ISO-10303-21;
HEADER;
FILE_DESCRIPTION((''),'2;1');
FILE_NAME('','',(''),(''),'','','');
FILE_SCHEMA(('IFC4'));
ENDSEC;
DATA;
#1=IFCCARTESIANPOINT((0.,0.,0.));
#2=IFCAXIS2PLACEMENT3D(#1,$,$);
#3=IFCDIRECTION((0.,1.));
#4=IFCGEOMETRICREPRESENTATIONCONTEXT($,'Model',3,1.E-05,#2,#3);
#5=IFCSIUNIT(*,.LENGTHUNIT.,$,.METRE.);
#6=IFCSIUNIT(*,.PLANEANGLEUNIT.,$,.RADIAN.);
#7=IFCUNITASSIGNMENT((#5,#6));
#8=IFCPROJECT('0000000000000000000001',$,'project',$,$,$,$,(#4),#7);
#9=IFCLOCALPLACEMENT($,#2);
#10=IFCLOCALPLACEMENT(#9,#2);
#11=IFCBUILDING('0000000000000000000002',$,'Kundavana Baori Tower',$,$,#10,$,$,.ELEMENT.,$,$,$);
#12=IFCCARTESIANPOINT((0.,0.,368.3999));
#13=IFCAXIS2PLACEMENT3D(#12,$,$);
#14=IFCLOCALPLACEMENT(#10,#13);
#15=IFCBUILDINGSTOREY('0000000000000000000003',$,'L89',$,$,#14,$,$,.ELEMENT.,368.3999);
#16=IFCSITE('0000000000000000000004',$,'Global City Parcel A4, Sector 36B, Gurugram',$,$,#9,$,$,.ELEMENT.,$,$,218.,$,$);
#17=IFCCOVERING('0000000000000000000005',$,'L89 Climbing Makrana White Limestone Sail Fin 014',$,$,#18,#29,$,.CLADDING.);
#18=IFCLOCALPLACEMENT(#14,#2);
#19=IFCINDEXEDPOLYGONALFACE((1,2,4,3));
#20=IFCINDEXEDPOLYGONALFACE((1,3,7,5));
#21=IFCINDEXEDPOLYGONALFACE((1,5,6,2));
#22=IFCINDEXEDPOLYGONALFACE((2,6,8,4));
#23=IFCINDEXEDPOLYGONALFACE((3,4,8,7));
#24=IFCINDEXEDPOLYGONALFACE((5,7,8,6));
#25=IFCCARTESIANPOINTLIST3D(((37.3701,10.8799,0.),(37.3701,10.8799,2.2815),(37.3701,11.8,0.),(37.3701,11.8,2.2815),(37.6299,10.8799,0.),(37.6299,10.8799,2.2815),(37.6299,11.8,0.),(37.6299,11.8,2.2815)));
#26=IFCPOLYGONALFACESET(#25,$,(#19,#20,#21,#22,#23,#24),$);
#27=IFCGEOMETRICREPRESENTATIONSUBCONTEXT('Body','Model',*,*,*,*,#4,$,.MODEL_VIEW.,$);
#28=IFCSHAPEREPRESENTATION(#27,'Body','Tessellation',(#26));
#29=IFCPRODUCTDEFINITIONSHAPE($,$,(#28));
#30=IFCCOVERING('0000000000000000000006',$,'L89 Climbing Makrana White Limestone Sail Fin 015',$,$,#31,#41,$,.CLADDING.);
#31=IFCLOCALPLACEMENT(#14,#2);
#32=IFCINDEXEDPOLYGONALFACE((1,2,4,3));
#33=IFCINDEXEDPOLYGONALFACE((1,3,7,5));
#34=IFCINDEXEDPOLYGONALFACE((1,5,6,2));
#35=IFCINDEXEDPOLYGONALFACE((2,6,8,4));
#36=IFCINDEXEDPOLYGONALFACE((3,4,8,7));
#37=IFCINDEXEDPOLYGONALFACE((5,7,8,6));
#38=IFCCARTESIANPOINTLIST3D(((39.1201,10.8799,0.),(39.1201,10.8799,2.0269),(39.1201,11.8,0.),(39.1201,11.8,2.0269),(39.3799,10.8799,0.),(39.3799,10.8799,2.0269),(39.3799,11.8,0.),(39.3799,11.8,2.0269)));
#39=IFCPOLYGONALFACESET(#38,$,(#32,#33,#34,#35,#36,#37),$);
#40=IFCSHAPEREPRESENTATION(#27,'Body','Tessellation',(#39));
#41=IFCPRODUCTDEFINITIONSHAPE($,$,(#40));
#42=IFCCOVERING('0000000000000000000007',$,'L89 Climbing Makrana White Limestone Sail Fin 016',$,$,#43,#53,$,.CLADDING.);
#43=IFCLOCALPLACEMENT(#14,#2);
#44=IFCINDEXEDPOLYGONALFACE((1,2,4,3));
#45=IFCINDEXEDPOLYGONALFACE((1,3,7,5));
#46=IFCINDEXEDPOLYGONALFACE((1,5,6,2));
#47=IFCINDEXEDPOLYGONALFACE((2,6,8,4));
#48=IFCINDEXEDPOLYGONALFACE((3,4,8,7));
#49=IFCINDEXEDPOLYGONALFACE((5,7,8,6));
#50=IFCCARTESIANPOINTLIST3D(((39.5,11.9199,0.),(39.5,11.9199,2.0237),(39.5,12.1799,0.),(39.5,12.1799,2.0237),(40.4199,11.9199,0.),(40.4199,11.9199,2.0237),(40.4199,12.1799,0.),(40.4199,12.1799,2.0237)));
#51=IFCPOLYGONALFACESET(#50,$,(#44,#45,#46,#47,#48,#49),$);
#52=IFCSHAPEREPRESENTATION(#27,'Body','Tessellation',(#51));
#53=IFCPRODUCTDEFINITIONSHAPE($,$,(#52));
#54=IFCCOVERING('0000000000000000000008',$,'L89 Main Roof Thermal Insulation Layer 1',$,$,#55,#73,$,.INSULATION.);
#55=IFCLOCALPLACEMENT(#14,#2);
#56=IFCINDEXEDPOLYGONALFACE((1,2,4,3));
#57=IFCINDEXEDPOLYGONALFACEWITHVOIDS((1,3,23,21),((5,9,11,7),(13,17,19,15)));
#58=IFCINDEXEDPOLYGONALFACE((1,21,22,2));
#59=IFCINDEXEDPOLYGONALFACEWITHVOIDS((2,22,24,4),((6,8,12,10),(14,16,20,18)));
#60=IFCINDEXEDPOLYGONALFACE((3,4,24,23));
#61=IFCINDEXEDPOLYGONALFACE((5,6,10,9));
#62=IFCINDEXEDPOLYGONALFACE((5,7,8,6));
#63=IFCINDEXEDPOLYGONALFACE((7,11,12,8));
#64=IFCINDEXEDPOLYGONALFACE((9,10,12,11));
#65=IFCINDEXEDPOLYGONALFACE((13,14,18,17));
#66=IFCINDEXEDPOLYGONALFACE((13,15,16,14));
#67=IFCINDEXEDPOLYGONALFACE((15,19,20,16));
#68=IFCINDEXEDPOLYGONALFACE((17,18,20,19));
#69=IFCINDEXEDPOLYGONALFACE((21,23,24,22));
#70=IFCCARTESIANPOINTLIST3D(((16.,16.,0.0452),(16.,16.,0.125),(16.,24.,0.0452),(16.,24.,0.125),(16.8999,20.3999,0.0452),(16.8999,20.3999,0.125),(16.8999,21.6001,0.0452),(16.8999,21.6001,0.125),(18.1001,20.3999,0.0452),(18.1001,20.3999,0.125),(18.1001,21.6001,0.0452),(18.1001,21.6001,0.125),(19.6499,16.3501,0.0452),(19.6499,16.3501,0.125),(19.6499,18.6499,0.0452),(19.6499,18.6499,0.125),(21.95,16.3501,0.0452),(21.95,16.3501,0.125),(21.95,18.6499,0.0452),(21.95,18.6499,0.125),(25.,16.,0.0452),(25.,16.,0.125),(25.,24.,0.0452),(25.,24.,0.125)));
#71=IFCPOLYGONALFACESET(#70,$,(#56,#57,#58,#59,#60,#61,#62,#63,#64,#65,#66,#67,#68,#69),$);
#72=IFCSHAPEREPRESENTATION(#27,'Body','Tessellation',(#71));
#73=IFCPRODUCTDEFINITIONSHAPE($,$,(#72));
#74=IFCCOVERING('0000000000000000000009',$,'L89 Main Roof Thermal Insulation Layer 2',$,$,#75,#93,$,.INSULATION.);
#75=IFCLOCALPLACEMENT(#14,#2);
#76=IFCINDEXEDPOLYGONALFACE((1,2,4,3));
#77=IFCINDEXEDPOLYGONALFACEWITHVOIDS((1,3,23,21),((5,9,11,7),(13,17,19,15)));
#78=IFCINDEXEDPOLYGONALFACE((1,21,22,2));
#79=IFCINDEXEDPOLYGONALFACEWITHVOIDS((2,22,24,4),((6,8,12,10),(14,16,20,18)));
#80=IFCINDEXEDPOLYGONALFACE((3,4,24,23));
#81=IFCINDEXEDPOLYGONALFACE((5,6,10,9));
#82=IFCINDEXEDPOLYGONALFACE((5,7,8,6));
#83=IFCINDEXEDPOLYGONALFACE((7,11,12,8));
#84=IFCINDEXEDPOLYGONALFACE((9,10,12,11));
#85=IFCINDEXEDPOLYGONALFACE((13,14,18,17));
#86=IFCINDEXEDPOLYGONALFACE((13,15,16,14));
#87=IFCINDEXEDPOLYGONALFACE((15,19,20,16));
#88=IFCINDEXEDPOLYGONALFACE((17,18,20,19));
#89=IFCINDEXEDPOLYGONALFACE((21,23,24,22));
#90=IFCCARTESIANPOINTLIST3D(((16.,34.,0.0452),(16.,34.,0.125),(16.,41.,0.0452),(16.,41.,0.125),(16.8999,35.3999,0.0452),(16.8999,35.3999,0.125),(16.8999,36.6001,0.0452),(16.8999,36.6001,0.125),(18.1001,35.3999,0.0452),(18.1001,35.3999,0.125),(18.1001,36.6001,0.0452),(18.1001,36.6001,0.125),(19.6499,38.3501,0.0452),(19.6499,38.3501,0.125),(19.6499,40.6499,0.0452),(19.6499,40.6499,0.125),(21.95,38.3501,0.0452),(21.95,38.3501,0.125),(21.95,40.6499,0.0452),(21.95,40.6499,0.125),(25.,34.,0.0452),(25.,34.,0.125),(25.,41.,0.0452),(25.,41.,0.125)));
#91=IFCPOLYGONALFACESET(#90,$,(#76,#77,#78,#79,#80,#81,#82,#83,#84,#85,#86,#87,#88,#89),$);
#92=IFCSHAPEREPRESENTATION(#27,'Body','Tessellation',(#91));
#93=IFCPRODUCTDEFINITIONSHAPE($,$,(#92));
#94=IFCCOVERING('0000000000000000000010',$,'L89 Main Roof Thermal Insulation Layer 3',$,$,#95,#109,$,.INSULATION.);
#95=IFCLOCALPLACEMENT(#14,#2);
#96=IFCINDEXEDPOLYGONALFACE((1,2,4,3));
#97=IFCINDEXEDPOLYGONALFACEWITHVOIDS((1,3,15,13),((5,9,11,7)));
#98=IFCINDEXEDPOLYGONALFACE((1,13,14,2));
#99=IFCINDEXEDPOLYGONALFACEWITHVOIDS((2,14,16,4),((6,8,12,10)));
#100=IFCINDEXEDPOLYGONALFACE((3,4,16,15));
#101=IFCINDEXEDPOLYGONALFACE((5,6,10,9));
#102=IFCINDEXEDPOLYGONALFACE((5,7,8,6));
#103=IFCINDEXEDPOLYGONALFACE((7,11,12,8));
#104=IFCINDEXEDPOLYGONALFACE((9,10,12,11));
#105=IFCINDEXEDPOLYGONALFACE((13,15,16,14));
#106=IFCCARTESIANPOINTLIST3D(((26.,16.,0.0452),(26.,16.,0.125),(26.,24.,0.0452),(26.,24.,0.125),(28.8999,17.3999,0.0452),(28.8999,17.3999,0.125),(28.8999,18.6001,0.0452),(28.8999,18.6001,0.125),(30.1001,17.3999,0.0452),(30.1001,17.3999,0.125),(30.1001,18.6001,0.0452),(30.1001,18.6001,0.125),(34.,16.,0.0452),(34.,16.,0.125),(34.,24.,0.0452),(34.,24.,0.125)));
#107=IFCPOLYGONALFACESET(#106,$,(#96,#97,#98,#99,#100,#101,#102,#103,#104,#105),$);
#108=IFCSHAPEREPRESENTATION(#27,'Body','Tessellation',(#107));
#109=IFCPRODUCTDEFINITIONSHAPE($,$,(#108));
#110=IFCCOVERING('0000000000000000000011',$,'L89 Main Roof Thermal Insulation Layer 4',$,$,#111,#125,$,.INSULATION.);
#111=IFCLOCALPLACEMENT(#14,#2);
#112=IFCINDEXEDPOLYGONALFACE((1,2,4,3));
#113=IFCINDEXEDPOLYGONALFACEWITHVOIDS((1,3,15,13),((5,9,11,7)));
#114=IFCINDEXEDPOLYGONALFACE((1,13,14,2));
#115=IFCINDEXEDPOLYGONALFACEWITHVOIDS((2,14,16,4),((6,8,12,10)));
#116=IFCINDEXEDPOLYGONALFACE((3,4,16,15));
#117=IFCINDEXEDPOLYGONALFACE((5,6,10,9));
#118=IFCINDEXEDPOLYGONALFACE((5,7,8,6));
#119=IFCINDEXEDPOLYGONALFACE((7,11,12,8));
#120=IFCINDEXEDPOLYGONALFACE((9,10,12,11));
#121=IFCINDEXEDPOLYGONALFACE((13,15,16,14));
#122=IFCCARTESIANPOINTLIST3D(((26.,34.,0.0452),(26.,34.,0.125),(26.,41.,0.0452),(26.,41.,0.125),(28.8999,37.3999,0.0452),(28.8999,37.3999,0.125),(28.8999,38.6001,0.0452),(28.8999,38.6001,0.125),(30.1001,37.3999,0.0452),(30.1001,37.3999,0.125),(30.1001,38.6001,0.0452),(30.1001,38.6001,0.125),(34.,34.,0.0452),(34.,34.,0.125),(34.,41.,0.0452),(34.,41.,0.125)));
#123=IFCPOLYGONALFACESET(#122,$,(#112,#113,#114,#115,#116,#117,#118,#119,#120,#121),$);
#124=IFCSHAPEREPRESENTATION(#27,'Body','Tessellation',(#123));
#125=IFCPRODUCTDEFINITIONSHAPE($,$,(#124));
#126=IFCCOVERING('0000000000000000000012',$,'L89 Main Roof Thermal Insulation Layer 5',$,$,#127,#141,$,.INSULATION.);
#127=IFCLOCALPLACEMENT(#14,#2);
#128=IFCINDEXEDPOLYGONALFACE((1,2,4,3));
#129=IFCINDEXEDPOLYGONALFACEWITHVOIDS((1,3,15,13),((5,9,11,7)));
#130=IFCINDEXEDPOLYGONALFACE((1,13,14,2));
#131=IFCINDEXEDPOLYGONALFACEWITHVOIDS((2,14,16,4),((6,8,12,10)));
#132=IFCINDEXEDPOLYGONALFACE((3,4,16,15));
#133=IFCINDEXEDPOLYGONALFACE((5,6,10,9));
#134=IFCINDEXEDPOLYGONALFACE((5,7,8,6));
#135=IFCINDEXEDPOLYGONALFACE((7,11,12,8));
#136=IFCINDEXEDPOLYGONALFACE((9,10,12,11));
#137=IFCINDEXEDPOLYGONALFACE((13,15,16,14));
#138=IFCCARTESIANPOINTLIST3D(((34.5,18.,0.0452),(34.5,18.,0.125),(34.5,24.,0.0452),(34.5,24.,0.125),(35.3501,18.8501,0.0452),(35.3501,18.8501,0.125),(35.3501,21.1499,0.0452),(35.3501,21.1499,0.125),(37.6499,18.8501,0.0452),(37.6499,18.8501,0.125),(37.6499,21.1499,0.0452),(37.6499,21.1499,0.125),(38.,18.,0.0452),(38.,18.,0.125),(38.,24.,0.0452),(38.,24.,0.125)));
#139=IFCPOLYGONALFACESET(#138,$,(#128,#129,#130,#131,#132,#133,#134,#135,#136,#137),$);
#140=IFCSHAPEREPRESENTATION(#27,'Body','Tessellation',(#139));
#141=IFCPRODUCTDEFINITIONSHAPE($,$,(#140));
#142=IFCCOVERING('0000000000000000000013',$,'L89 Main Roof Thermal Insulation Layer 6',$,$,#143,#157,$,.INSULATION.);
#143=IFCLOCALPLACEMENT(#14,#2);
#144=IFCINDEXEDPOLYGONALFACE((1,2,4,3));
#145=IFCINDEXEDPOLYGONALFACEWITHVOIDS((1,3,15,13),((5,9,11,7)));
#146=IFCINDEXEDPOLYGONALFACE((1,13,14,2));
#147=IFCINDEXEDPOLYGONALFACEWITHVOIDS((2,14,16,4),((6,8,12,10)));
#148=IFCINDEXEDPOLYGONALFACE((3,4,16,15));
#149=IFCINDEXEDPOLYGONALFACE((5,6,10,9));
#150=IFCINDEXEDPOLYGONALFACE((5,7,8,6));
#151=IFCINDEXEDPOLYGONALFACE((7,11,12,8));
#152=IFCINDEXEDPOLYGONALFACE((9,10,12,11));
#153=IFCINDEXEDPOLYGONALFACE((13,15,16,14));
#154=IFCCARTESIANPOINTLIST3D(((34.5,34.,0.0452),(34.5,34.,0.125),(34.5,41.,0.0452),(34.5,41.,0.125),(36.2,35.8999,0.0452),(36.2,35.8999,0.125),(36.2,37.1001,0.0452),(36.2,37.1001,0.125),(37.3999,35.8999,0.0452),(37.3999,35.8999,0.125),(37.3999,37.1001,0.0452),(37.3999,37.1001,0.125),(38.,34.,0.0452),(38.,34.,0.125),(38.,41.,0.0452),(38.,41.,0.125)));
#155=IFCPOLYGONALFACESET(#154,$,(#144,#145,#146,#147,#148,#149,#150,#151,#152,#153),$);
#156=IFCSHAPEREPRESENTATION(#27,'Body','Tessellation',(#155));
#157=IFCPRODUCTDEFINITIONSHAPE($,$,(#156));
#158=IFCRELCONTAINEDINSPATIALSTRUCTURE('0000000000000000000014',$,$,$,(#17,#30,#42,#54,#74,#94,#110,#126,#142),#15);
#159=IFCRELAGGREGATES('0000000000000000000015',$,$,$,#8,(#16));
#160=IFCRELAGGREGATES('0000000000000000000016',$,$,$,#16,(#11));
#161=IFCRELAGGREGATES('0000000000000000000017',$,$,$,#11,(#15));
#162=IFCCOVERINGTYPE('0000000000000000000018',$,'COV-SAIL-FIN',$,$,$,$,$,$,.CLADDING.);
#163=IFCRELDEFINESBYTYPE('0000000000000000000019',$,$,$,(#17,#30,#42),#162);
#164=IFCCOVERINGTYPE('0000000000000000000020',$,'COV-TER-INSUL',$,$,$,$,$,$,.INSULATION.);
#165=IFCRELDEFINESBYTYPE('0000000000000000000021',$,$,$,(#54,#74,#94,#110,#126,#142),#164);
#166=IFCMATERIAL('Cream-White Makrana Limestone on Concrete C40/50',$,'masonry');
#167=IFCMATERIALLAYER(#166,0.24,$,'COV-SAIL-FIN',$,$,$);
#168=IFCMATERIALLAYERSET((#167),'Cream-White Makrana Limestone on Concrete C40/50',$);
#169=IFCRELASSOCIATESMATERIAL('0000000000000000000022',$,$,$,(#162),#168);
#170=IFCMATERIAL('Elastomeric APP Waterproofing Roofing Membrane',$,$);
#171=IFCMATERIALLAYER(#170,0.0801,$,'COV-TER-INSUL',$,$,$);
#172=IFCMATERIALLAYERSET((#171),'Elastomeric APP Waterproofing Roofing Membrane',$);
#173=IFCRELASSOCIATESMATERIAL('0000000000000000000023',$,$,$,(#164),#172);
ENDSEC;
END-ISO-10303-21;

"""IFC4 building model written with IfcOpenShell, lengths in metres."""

from ifc_helpers import new_model, si_unit, direction, frame, origin, place, context, subcontext, project, spatial, polyline, outline, extrude, material, layer, layer_set, type_object, element, save


model = new_model("IFC4")

# Units and contexts
model_context = context("Model", 3, precision=1e-05, world=origin(), true_north=direction((0.0, 1.0)))
body_context = subcontext(model_context, "Body", "Model", "MODEL_VIEW")
ifc_project = project(units=[si_unit("LENGTHUNIT", "METRE"), si_unit("PLANEANGLEUNIT", "RADIAN")], contexts=[model_context])

# Site, building, storey
site_placement = place(None, origin())
site = spatial("IfcSite", under=ifc_project, at=site_placement, Name="Global City Parcel A4, Sector 36B, Gurugram", CompositionType="ELEMENT", RefElevation=218.0)
building_placement = place(site_placement, origin())
building = spatial("IfcBuilding", under=site, at=building_placement, Name="Kundavana Baori Tower", CompositionType="ELEMENT")
storey_placement = place(building_placement, frame((0.0, 0.0, 368.3999)))
storey = spatial("IfcBuildingStorey", under=building, at=storey_placement, Name="L89", CompositionType="ELEMENT", Elevation=368.3999)

# Coverings
ifc_material_1 = material(Name="Cream-White Makrana Limestone on Concrete C40/50", Category="masonry")
ifc_layer_1 = layer(ifc_material_1, 0.24, Name="COV-SAIL-FIN")
ifc_layer_set_1 = layer_set([ifc_layer_1], Name="Cream-White Makrana Limestone on Concrete C40/50")
covering_type_1 = type_object("IfcCoveringType", Name="COV-SAIL-FIN", PredefinedType="CLADDING", material=ifc_layer_set_1)
covering_1_placement = place(storey_placement, origin())
element("IfcCovering", 1, at=covering_1_placement, inside=storey, type_object=covering_type_1, Name="L89 Climbing Makrana White Limestone Sail Fin 014", PredefinedType="CLADDING", context=body_context, shape_type="SweptSolid", body=[
    extrude(outline(polyline([(37.3701, 10.8799), (37.6299, 10.8799), (37.6299, 11.8), (37.3701, 11.8), (37.3701, 10.8799)])), origin(), (0.0, 0.0, 1.0), 2.2815),
])
covering_2_placement = place(storey_placement, origin())
element("IfcCovering", 2, at=covering_2_placement, inside=storey, type_object=covering_type_1, Name="L89 Climbing Makrana White Limestone Sail Fin 015", PredefinedType="CLADDING", context=body_context, shape_type="SweptSolid", body=[
    extrude(outline(polyline([(39.1201, 10.8799), (39.3799, 10.8799), (39.3799, 11.8), (39.1201, 11.8), (39.1201, 10.8799)])), origin(), (0.0, 0.0, 1.0), 2.0269),
])
covering_3_placement = place(storey_placement, origin())
element("IfcCovering", 3, at=covering_3_placement, inside=storey, type_object=covering_type_1, Name="L89 Climbing Makrana White Limestone Sail Fin 016", PredefinedType="CLADDING", context=body_context, shape_type="SweptSolid", body=[
    extrude(outline(polyline([(39.5, 11.9199), (40.4199, 11.9199), (40.4199, 12.1799), (39.5, 12.1799), (39.5, 11.9199)])), origin(), (0.0, 0.0, 1.0), 2.0237),
])
ifc_material_2 = material(Name="Elastomeric APP Waterproofing Roofing Membrane")
ifc_layer_2 = layer(ifc_material_2, 0.0801, Name="COV-TER-INSUL")
ifc_layer_set_2 = layer_set([ifc_layer_2], Name="Elastomeric APP Waterproofing Roofing Membrane")
covering_type_2 = type_object("IfcCoveringType", Name="COV-TER-INSUL", PredefinedType="INSULATION", material=ifc_layer_set_2)
covering_4_placement = place(storey_placement, frame((0.0, 0.0, 0.0452)))
element("IfcCovering", 4, at=covering_4_placement, inside=storey, type_object=covering_type_2, Name="L89 Main Roof Thermal Insulation Layer 1", PredefinedType="INSULATION", context=body_context, shape_type="SweptSolid", body=[
    extrude(outline(polyline([(16.0, 16.0), (25.0, 16.0), (25.0, 24.0), (16.0, 24.0), (16.0, 16.0)]), holes=[polyline([(19.6499, 16.3501), (21.95, 16.3501), (21.95, 18.6499), (19.6499, 18.6499), (19.6499, 16.3501)]), polyline([(16.8999, 20.3999), (18.1001, 20.3999), (18.1001, 21.6001), (16.8999, 21.6001), (16.8999, 20.3999)])]), origin(), (0.0, 0.0, 1.0), 0.0798),
])
covering_5_placement = place(storey_placement, frame((0.0, 0.0, 0.0452)))
element("IfcCovering", 5, at=covering_5_placement, inside=storey, type_object=covering_type_2, Name="L89 Main Roof Thermal Insulation Layer 2", PredefinedType="INSULATION", context=body_context, shape_type="SweptSolid", body=[
    extrude(outline(polyline([(16.0, 34.0), (25.0, 34.0), (25.0, 41.0), (16.0, 41.0), (16.0, 34.0)]), holes=[polyline([(19.6499, 38.3501), (21.95, 38.3501), (21.95, 40.6499), (19.6499, 40.6499), (19.6499, 38.3501)]), polyline([(16.8999, 35.3999), (18.1001, 35.3999), (18.1001, 36.6001), (16.8999, 36.6001), (16.8999, 35.3999)])]), origin(), (0.0, 0.0, 1.0), 0.0798),
])
covering_6_placement = place(storey_placement, frame((0.0, 0.0, 0.0452)))
element("IfcCovering", 6, at=covering_6_placement, inside=storey, type_object=covering_type_2, Name="L89 Main Roof Thermal Insulation Layer 3", PredefinedType="INSULATION", context=body_context, shape_type="SweptSolid", body=[
    extrude(outline(polyline([(26.0, 16.0), (34.0, 16.0), (34.0, 24.0), (26.0, 24.0), (26.0, 16.0)]), holes=[polyline([(28.8999, 17.3999), (30.1001, 17.3999), (30.1001, 18.6001), (28.8999, 18.6001), (28.8999, 17.3999)])]), origin(), (0.0, 0.0, 1.0), 0.0798),
])
covering_7_placement = place(storey_placement, frame((0.0, 0.0, 0.0452)))
element("IfcCovering", 7, at=covering_7_placement, inside=storey, type_object=covering_type_2, Name="L89 Main Roof Thermal Insulation Layer 4", PredefinedType="INSULATION", context=body_context, shape_type="SweptSolid", body=[
    extrude(outline(polyline([(26.0, 34.0), (34.0, 34.0), (34.0, 41.0), (26.0, 41.0), (26.0, 34.0)]), holes=[polyline([(28.8999, 37.3999), (30.1001, 37.3999), (30.1001, 38.6001), (28.8999, 38.6001), (28.8999, 37.3999)])]), origin(), (0.0, 0.0, 1.0), 0.0798),
])
covering_8_placement = place(storey_placement, frame((0.0, 0.0, 0.0452)))
element("IfcCovering", 8, at=covering_8_placement, inside=storey, type_object=covering_type_2, Name="L89 Main Roof Thermal Insulation Layer 5", PredefinedType="INSULATION", context=body_context, shape_type="SweptSolid", body=[
    extrude(outline(polyline([(34.5, 18.0), (38.0, 18.0), (38.0, 24.0), (34.5, 24.0), (34.5, 18.0)]), holes=[polyline([(35.3501, 18.8501), (37.6499, 18.8501), (37.6499, 21.1499), (35.3501, 21.1499), (35.3501, 18.8501)])]), origin(), (0.0, 0.0, 1.0), 0.0798),
])
covering_9_placement = place(storey_placement, frame((0.0, 0.0, 0.0452)))
element("IfcCovering", 9, at=covering_9_placement, inside=storey, type_object=covering_type_2, Name="L89 Main Roof Thermal Insulation Layer 6", PredefinedType="INSULATION", context=body_context, shape_type="SweptSolid", body=[
    extrude(outline(polyline([(34.5, 34.0), (38.0, 34.0), (38.0, 41.0), (34.5, 41.0), (34.5, 34.0)]), holes=[polyline([(36.2, 35.8999), (37.3999, 35.8999), (37.3999, 37.1001), (36.2, 37.1001), (36.2, 35.8999)])]), origin(), (0.0, 0.0, 1.0), 0.0798),
])

save(model, "model.ifc")
